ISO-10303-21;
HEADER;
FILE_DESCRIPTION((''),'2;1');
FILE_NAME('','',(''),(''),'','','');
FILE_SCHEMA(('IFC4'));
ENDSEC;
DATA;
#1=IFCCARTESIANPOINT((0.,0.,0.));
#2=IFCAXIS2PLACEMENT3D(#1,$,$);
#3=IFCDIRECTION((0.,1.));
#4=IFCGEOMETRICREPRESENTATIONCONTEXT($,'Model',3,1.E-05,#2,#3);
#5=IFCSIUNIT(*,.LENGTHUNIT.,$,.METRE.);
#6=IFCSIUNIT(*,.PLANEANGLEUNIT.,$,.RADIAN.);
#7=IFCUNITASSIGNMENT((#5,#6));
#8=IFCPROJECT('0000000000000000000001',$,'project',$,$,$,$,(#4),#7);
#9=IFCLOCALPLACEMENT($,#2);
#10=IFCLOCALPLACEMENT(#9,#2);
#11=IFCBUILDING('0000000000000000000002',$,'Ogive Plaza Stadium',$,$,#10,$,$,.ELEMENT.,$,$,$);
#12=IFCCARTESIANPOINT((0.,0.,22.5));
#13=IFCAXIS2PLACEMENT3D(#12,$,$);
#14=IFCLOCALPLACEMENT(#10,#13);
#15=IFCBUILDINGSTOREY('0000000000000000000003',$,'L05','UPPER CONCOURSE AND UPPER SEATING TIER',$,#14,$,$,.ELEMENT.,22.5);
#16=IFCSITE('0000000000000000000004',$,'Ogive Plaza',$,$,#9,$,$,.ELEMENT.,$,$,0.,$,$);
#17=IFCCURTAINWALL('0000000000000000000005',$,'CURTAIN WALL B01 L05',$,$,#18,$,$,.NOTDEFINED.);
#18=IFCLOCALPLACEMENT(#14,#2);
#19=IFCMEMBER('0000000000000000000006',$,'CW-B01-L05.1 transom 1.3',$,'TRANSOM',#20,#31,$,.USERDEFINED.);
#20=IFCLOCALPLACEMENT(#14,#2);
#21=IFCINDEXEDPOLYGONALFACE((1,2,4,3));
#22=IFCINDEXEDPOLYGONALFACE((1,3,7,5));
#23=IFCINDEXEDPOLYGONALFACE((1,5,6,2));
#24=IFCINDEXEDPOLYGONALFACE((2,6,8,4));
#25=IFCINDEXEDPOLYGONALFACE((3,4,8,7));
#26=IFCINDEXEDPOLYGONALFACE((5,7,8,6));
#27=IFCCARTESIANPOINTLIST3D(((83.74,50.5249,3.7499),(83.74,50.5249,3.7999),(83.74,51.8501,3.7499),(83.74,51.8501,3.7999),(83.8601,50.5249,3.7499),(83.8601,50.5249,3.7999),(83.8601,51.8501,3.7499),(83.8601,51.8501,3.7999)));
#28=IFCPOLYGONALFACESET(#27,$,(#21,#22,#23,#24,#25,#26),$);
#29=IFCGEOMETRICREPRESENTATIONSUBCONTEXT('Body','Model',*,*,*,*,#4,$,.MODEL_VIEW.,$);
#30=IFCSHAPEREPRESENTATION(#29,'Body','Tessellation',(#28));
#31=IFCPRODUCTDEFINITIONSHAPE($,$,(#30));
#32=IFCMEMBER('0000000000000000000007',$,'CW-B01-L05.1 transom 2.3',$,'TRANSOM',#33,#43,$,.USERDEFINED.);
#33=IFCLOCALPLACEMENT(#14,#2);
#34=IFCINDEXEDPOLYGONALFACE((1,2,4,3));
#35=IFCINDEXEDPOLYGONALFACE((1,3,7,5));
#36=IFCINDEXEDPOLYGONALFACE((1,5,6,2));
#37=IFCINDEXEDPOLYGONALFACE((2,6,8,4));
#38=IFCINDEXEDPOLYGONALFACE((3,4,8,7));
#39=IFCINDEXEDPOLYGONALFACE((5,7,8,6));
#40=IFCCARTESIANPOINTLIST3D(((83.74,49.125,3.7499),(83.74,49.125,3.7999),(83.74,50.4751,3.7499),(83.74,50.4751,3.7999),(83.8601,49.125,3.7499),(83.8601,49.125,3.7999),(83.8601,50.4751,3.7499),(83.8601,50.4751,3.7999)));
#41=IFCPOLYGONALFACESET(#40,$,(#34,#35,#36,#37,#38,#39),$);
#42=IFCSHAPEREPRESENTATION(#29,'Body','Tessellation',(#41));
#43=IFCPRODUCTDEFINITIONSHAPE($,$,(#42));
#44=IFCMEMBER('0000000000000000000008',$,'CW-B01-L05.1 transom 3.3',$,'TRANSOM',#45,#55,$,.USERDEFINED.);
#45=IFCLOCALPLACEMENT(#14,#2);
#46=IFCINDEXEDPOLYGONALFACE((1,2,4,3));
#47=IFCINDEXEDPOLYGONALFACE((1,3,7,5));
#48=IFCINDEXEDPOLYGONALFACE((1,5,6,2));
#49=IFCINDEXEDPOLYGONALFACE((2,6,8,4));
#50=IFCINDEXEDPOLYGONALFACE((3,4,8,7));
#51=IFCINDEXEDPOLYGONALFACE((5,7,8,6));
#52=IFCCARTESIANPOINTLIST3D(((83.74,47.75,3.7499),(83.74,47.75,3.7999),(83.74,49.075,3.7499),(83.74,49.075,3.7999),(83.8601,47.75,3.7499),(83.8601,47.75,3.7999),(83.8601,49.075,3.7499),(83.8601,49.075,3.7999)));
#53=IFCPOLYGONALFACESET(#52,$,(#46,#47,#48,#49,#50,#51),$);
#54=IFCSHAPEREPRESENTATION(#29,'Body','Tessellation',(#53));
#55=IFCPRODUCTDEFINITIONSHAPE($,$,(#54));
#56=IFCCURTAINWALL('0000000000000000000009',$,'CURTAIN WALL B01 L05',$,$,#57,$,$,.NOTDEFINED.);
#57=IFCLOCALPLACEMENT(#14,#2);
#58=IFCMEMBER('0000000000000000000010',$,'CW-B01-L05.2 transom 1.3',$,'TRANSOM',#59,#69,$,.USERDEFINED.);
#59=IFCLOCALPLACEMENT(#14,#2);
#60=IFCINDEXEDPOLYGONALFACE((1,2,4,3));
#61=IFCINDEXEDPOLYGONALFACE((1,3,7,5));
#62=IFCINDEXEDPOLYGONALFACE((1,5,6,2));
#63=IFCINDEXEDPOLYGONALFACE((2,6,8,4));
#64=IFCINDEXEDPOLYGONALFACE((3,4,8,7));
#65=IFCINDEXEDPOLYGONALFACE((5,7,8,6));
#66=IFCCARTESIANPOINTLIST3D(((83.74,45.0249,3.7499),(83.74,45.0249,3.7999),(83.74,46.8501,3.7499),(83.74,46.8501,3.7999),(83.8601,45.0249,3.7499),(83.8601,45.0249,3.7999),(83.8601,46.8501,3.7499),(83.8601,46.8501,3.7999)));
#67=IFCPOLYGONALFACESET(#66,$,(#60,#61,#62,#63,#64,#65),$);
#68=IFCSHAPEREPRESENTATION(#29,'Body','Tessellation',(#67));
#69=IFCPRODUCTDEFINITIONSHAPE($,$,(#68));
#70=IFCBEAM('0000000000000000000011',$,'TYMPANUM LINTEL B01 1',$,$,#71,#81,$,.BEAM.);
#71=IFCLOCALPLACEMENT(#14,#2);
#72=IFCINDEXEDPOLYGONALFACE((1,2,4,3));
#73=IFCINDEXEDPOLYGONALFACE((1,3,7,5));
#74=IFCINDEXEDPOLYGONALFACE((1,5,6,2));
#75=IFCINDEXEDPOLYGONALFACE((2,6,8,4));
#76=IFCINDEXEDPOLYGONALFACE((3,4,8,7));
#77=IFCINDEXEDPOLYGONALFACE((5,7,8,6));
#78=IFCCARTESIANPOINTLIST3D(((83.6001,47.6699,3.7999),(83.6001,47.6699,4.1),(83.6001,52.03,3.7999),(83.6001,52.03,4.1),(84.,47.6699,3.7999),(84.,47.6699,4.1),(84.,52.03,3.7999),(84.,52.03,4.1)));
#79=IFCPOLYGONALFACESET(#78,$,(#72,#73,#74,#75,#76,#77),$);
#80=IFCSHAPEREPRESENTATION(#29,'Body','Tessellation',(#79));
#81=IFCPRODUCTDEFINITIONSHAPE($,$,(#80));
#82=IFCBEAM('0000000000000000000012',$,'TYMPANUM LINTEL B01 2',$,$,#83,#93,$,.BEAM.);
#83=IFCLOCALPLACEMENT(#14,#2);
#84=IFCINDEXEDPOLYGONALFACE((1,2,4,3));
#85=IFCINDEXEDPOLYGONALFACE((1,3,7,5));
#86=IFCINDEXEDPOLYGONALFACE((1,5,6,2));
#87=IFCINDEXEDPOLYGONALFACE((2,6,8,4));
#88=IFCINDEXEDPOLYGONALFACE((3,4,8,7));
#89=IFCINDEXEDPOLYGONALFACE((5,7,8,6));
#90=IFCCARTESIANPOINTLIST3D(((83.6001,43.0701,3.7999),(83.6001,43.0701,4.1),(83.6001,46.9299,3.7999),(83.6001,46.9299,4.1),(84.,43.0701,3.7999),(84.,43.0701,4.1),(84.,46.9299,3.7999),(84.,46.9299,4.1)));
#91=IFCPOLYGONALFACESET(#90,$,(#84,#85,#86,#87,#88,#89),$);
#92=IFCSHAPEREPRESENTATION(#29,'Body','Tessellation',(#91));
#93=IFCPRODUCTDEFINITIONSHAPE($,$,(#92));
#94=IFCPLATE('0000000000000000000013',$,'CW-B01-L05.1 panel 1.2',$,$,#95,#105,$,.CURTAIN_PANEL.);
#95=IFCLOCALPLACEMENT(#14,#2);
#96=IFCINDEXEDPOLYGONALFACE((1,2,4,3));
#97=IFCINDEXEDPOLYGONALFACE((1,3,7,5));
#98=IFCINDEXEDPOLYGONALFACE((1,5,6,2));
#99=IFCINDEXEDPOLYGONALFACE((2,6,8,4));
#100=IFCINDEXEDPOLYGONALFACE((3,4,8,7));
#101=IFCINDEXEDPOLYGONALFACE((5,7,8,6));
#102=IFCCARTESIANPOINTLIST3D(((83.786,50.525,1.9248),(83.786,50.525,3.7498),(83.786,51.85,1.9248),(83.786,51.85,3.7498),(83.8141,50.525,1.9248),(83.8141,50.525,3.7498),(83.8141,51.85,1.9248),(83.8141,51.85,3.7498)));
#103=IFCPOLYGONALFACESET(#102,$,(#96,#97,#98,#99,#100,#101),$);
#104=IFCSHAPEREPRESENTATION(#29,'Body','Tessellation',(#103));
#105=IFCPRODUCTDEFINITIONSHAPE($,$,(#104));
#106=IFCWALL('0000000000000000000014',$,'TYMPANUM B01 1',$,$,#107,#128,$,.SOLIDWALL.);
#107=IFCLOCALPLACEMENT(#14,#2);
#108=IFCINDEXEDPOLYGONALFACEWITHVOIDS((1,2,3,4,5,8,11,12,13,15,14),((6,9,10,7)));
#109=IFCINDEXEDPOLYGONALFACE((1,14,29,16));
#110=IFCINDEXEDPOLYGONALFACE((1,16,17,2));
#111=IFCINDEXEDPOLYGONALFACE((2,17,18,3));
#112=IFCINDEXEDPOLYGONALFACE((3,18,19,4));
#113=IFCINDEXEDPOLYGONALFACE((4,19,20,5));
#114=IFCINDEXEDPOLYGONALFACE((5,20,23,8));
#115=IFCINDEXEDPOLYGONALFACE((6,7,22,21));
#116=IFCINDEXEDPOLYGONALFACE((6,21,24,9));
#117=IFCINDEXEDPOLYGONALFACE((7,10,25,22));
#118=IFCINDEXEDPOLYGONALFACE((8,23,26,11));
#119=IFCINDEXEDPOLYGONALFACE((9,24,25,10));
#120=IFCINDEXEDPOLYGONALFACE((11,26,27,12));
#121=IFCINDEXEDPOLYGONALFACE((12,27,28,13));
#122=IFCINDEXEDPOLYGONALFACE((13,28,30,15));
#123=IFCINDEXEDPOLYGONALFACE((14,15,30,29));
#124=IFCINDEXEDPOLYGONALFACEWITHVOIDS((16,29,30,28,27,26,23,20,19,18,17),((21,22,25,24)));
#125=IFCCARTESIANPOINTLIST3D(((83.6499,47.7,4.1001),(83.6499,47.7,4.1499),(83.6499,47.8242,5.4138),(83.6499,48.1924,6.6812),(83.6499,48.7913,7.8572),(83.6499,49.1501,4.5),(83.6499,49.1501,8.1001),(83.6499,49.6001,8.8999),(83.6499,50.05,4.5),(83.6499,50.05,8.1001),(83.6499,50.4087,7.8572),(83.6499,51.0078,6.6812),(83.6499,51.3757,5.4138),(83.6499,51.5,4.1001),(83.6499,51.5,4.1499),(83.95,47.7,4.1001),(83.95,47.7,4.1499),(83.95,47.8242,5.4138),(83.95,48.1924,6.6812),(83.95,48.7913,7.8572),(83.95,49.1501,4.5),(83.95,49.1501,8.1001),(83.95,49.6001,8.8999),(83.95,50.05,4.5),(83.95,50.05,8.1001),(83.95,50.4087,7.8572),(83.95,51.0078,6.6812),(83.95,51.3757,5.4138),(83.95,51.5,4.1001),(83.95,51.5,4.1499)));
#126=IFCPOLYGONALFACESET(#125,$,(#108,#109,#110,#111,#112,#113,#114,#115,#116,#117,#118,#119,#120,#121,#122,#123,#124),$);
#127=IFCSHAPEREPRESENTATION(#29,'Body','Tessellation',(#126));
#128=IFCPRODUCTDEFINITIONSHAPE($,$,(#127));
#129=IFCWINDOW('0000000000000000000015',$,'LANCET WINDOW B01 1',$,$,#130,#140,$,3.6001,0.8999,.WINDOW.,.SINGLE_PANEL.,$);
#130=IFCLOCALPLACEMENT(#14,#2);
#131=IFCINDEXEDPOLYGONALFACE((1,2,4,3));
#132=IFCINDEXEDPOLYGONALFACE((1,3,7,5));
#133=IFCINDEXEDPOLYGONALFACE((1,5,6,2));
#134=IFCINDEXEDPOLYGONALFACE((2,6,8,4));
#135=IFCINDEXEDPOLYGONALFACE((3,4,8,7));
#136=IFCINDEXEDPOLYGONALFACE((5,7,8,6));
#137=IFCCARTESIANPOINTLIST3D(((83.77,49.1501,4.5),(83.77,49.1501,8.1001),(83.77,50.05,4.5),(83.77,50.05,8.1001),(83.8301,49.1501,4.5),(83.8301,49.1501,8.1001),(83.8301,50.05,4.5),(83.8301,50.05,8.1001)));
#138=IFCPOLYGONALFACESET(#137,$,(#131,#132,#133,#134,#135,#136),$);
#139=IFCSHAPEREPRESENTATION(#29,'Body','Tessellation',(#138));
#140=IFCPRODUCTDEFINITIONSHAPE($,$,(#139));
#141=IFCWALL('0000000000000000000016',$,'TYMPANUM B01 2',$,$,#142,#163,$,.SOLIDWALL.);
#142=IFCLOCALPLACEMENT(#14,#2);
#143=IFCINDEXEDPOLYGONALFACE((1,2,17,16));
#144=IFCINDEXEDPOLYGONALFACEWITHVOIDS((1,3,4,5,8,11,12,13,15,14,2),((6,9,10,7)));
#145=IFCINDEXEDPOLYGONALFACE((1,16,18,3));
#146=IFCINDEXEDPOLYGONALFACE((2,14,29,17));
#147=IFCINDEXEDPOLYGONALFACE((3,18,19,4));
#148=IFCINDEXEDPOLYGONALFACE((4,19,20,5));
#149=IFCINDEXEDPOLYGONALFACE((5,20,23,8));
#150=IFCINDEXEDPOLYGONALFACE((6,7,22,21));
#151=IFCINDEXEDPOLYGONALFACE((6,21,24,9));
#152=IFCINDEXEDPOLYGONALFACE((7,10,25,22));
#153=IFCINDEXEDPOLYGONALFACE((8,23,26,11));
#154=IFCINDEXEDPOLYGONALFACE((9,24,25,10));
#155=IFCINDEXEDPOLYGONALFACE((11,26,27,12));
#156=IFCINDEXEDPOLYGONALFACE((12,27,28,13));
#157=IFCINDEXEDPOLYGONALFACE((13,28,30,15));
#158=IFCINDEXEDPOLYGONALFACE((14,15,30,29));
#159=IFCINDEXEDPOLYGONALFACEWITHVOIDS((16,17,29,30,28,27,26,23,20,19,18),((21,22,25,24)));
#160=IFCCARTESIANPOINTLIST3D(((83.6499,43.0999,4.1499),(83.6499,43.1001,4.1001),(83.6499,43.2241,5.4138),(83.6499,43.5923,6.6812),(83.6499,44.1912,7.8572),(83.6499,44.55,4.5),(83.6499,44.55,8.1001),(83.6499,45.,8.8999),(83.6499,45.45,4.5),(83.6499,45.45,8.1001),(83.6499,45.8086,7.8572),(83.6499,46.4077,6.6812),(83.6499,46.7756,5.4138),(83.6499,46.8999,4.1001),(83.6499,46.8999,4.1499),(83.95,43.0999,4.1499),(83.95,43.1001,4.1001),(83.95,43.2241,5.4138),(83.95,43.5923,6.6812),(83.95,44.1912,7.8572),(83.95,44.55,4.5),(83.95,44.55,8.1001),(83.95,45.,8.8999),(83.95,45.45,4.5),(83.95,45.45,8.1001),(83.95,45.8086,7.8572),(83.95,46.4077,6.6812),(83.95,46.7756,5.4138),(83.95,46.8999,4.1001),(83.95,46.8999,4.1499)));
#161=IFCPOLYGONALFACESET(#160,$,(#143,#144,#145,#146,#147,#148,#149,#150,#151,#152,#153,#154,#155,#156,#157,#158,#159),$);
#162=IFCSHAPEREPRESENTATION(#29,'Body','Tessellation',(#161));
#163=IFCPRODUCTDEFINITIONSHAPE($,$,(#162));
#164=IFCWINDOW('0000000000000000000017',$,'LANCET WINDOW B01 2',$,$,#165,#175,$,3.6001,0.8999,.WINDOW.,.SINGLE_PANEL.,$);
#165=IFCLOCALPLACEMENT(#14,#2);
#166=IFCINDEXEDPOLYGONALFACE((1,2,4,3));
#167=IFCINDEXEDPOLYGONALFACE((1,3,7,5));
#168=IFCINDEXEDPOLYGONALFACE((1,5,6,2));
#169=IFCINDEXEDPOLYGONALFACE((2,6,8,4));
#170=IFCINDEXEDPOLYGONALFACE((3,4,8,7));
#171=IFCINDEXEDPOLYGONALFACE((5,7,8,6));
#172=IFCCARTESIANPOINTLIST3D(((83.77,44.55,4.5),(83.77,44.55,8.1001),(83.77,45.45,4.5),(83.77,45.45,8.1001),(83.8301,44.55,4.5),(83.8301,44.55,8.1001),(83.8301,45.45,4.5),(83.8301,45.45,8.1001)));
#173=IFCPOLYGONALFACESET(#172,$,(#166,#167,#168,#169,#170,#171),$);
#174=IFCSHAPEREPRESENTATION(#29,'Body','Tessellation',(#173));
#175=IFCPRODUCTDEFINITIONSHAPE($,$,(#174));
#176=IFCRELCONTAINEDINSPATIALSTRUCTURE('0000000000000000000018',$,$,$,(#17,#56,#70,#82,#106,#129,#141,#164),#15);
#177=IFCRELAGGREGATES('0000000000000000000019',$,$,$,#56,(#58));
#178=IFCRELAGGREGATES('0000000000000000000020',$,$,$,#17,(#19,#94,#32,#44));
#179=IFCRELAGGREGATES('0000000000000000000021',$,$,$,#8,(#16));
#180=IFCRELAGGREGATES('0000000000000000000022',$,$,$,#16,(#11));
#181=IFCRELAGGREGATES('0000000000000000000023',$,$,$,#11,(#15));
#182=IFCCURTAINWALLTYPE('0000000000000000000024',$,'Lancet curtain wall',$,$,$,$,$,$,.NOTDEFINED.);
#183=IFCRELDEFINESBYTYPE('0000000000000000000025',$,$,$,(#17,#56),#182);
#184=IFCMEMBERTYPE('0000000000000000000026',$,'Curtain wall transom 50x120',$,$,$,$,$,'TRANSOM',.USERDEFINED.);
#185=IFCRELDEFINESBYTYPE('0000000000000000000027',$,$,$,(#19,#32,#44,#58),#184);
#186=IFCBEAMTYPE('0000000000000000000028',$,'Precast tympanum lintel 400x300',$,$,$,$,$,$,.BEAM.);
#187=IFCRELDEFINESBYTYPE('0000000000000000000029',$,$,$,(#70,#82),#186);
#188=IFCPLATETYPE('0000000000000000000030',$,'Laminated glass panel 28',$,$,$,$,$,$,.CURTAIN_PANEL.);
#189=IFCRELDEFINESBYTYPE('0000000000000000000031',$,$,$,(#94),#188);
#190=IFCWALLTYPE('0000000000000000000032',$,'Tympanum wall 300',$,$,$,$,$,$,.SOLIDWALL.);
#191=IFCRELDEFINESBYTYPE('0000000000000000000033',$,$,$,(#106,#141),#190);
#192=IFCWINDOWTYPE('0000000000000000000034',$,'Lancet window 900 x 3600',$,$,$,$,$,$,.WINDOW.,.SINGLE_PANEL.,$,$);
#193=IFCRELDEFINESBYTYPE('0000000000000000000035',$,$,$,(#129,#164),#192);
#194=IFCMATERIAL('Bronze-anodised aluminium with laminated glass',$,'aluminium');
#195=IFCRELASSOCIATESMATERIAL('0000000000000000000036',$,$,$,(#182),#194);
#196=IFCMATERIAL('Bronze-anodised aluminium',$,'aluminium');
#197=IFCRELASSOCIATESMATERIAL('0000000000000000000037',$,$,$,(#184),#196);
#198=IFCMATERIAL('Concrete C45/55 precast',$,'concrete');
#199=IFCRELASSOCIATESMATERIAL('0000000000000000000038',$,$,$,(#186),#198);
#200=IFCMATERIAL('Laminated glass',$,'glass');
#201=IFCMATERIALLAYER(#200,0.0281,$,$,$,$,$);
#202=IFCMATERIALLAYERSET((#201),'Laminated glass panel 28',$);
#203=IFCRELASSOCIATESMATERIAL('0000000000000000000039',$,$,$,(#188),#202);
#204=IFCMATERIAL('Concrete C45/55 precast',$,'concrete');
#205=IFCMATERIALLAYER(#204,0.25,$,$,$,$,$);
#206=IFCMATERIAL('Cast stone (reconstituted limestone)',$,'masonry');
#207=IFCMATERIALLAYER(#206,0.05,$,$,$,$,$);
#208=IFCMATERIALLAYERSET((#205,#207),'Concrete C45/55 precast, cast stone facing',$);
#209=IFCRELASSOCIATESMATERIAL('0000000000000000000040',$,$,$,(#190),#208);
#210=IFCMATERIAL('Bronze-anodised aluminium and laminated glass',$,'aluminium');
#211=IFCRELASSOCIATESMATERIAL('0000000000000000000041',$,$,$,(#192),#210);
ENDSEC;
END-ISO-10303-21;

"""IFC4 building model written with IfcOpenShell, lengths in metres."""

from ifc_helpers import new_model, si_unit, direction, frame, frame_2d, origin, origin_2d, place, context, subcontext, project, spatial, polyline, rectangle, outline, extrude, material, layer, layer_set, material_profile, profile_set, type_object, element, fill, aggregate, save


model = new_model("IFC4")

# Units and contexts
model_context = context("Model", 3, precision=1e-05, world=origin(), true_north=direction((0.0, 1.0)))
body_context = subcontext(model_context, "Body", "Model", "MODEL_VIEW")
ifc_project = project(units=[si_unit("LENGTHUNIT", "METRE"), si_unit("PLANEANGLEUNIT", "RADIAN")], contexts=[model_context])

# Site, building, storey
site_placement = place(None, origin())
site = spatial("IfcSite", under=ifc_project, at=site_placement, Name="Ogive Plaza", CompositionType="ELEMENT", RefElevation=0.0)
building_placement = place(site_placement, origin())
building = spatial("IfcBuilding", under=site, at=building_placement, Name="Ogive Plaza Stadium", CompositionType="ELEMENT")
storey_placement = place(building_placement, frame((0.0, 0.0, 22.5)))
storey = spatial("IfcBuildingStorey", under=building, at=storey_placement, Name="L05", Description="UPPER CONCOURSE AND UPPER SEATING TIER", CompositionType="ELEMENT", Elevation=22.5)

# Curtain wall, members
ifc_material_1 = material(Name="Bronze-anodised aluminium with laminated glass", Category="aluminium")
curtain_wall_type = type_object("IfcCurtainWallType", Name="Lancet curtain wall", PredefinedType="NOTDEFINED", material=ifc_material_1)
curtain_wall_1_placement = place(storey_placement, origin())
curtain_wall_1 = element("IfcCurtainWall", 1, at=curtain_wall_1_placement, inside=storey, type_object=curtain_wall_type, Name="CURTAIN WALL B01 L05", PredefinedType="NOTDEFINED")
ifc_material_2 = material(Name="Bronze-anodised aluminium", Category="aluminium")
ifc_material_profile_1 = material_profile(ifc_material_2, rectangle(XDim=0.1201, YDim=0.05, at=origin_2d()), Name="AL 120x50")
ifc_profile_set_1 = profile_set([ifc_material_profile_1], Name="Bronze-anodised aluminium")
member_type = type_object("IfcMemberType", Name="Curtain wall transom 50x120", ElementType="TRANSOM", PredefinedType="USERDEFINED", material=ifc_profile_set_1)
member_1_placement = place(storey_placement, frame((83.8, 51.8501, 3.7749), z_axis=(0.0, -1.0, 0.0), x_axis=(1.0, 0.0, 0.0)))
member_1 = element("IfcMember", 2, at=member_1_placement, type_object=member_type, Name="CW-B01-L05.1 transom 1.3", ObjectType="TRANSOM", PredefinedType="USERDEFINED", context=body_context, shape_type="SweptSolid", body=[
    extrude(rectangle(XDim=0.1201, YDim=0.05, at=origin_2d()), origin(), (0.0, 0.0, 1.0), 1.3252),
])
member_2_placement = place(storey_placement, frame((83.8, 50.4751, 3.7749), z_axis=(0.0, -1.0, 0.0), x_axis=(1.0, 0.0, 0.0)))
member_2 = element("IfcMember", 3, at=member_2_placement, type_object=member_type, Name="CW-B01-L05.1 transom 2.3", ObjectType="TRANSOM", PredefinedType="USERDEFINED", context=body_context, shape_type="SweptSolid", body=[
    extrude(rectangle(XDim=0.1201, YDim=0.05, at=origin_2d()), origin(), (0.0, 0.0, 1.0), 1.3501),
])
member_3_placement = place(storey_placement, frame((83.8, 49.075, 3.7749), z_axis=(0.0, -1.0, 0.0), x_axis=(1.0, 0.0, 0.0)))
member_3 = element("IfcMember", 4, at=member_3_placement, type_object=member_type, Name="CW-B01-L05.1 transom 3.3", ObjectType="TRANSOM", PredefinedType="USERDEFINED", context=body_context, shape_type="SweptSolid", body=[
    extrude(rectangle(XDim=0.1201, YDim=0.05, at=origin_2d()), origin(), (0.0, 0.0, 1.0), 1.325),
])

# Curtain wall, member
curtain_wall_2_placement = place(storey_placement, origin())
curtain_wall_2 = element("IfcCurtainWall", 5, at=curtain_wall_2_placement, inside=storey, type_object=curtain_wall_type, Name="CURTAIN WALL B01 L05", PredefinedType="NOTDEFINED")
member_4_placement = place(storey_placement, frame((83.8, 46.8501, 3.7749), z_axis=(0.0, -1.0, 0.0), x_axis=(1.0, 0.0, 0.0)))
member_4 = element("IfcMember", 6, at=member_4_placement, type_object=member_type, Name="CW-B01-L05.2 transom 1.3", ObjectType="TRANSOM", PredefinedType="USERDEFINED", context=body_context, shape_type="SweptSolid", body=[
    extrude(rectangle(XDim=0.1201, YDim=0.05, at=origin_2d()), origin(), (0.0, 0.0, 1.0), 1.8252),
])
aggregate(curtain_wall_2, [member_4])

# Beams
ifc_material_3 = material(Name="Concrete C45/55 precast", Category="concrete")
ifc_material_profile_2 = material_profile(ifc_material_3, rectangle(XDim=0.3999, YDim=0.3, at=origin_2d()), Name="RC 400x300")
ifc_profile_set_2 = profile_set([ifc_material_profile_2], Name="Concrete C45/55 precast")
beam_type = type_object("IfcBeamType", Name="Precast tympanum lintel 400x300", PredefinedType="BEAM", material=ifc_profile_set_2)
beam_1_placement = place(storey_placement, frame((83.8, 52.03, 3.95), z_axis=(0.0, -1.0, 0.0), x_axis=(1.0, 0.0, 0.0)))
element("IfcBeam", 7, at=beam_1_placement, inside=storey, type_object=beam_type, Name="TYMPANUM LINTEL B01 1", PredefinedType="BEAM", context=body_context, shape_type="SweptSolid", body=[
    extrude(rectangle(XDim=0.3999, YDim=0.3, at=origin_2d()), origin(), (0.0, 0.0, 1.0), 4.3601),
])
beam_2_placement = place(storey_placement, frame((83.8, 46.9299, 3.95), z_axis=(0.0, -1.0, 0.0), x_axis=(1.0, 0.0, 0.0)))
element("IfcBeam", 8, at=beam_2_placement, inside=storey, type_object=beam_type, Name="TYMPANUM LINTEL B01 2", PredefinedType="BEAM", context=body_context, shape_type="SweptSolid", body=[
    extrude(rectangle(XDim=0.3999, YDim=0.3, at=origin_2d()), origin(), (0.0, 0.0, 1.0), 3.8599),
])

# Plate
ifc_material_4 = material(Name="Laminated glass", Category="glass")
ifc_layer_1 = layer(ifc_material_4, 0.0281)
ifc_layer_set_1 = layer_set([ifc_layer_1], Name="Laminated glass panel 28")
plate_type = type_object("IfcPlateType", Name="Laminated glass panel 28", PredefinedType="CURTAIN_PANEL", material=ifc_layer_set_1)
plate_placement = place(storey_placement, frame((83.8, 51.1875, 1.9248), z_axis=(0.0, 0.0, 1.0), x_axis=(0.0, -1.0, 0.0)))
plate = element("IfcPlate", 9, at=plate_placement, type_object=plate_type, Name="CW-B01-L05.1 panel 1.2", PredefinedType="CURTAIN_PANEL", context=body_context, shape_type="SweptSolid", body=[
    extrude(rectangle(XDim=1.325, YDim=0.0281, at=origin_2d()), origin(), (0.0, 0.0, 1.0), 1.825),
])
aggregate(curtain_wall_1, [member_1, plate, member_2, member_3])

# Walls, openings, windows
ifc_material_5 = material(Name="Concrete C45/55 precast", Category="concrete")
ifc_layer_2 = layer(ifc_material_5, 0.25)
ifc_material_6 = material(Name="Cast stone (reconstituted limestone)", Category="masonry")
ifc_layer_3 = layer(ifc_material_6, 0.05)
ifc_layer_set_2 = layer_set([ifc_layer_2, ifc_layer_3], Name="Concrete C45/55 precast, cast stone facing")
wall_type = type_object("IfcWallType", Name="Tympanum wall 300", PredefinedType="SOLIDWALL", material=ifc_layer_set_2)
wall_1_placement = place(storey_placement, frame((83.8, 51.5, 4.1001), z_axis=(0.0, 0.0, 1.0), x_axis=(0.0, -1.0, 0.0)))
wall_1 = element("IfcWall", 10, at=wall_1_placement, inside=storey, type_object=wall_type, Name="TYMPANUM B01 1", PredefinedType="SOLIDWALL", context=body_context, shape_type="SweptSolid", body=[
    extrude(outline(polyline([(0.0, 0.0), (3.8, 0.0), (3.8, 0.0498), (3.6758, 1.3137), (3.3076, 2.5811), (2.7087, 3.7571), (1.8999, 4.7998), (1.0913, 3.7571), (0.4922, 2.5811), (0.1243, 1.3137), (0.0, 0.0498), (0.0, 0.0)])), frame((0.0, 0.1499, 0.0), z_axis=(0.0, -1.0, 0.0), x_axis=(1.0, 0.0, 0.0)), (0.0, 0.0, 1.0), 0.3),
])
opening_1_placement = place(wall_1_placement, frame((1.45, 0.0, 0.3999)))
opening_1 = element("IfcOpeningElement", 11, at=opening_1_placement, cuts=wall_1, PredefinedType="OPENING", context=body_context, shape_type="SweptSolid", body=[
    extrude(rectangle(XDim=0.8999, YDim=3.6001, at=frame_2d((0.45, 1.8))), frame((0.0, 0.1602, 0.0), z_axis=(0.0, -1.0, 0.0), x_axis=(1.0, 0.0, 0.0)), (0.0, 0.0, 1.0), 0.3201),
])
ifc_material_7 = material(Name="Bronze-anodised aluminium and laminated glass", Category="aluminium")
window_type = type_object("IfcWindowType", Name="Lancet window 900 x 3600", PartitioningType="SINGLE_PANEL", PredefinedType="WINDOW", material=ifc_material_7)
window_1_placement = place(opening_1_placement, origin())
window_1 = element("IfcWindow", 12, at=window_1_placement, inside=storey, type_object=window_type, Name="LANCET WINDOW B01 1", OverallHeight=3.6001, OverallWidth=0.8999, PartitioningType="SINGLE_PANEL", PredefinedType="WINDOW", context=body_context, shape_type="SweptSolid", body=[
    extrude(rectangle(XDim=0.8999, YDim=3.6001, at=frame_2d((0.45, 1.8))), frame((0.0, 0.03, 0.0), z_axis=(0.0, -1.0, 0.0), x_axis=(1.0, 0.0, 0.0)), (0.0, 0.0, 1.0), 0.0601),
])
fill(opening_1, window_1)
wall_2_placement = place(storey_placement, frame((83.8, 46.8999, 4.1001), z_axis=(0.0, 0.0, 1.0), x_axis=(0.0, -1.0, 0.0)))
wall_2 = element("IfcWall", 13, at=wall_2_placement, inside=storey, type_object=wall_type, Name="TYMPANUM B01 2", PredefinedType="SOLIDWALL", context=body_context, shape_type="SweptSolid", body=[
    extrude(outline(polyline([(0.0, 0.0), (3.7998, 0.0), (3.8, 0.0498), (3.6758, 1.3137), (3.3076, 2.5811), (2.7087, 3.7571), (1.8999, 4.7998), (1.0913, 3.7571), (0.4922, 2.5811), (0.1243, 1.3137), (0.0, 0.0498), (0.0, 0.0)])), frame((0.0, 0.1499, 0.0), z_axis=(0.0, -1.0, 0.0), x_axis=(1.0, 0.0, 0.0)), (0.0, 0.0, 1.0), 0.3),
])
opening_2_placement = place(wall_2_placement, frame((1.45, 0.0, 0.3999)))
opening_2 = element("IfcOpeningElement", 14, at=opening_2_placement, cuts=wall_2, PredefinedType="OPENING", context=body_context, shape_type="SweptSolid", body=[
    extrude(rectangle(XDim=0.8999, YDim=3.6001, at=frame_2d((0.45, 1.8))), frame((0.0, 0.1602, 0.0), z_axis=(0.0, -1.0, 0.0), x_axis=(1.0, 0.0, 0.0)), (0.0, 0.0, 1.0), 0.3201),
])
window_2_placement = place(opening_2_placement, origin())
window_2 = element("IfcWindow", 15, at=window_2_placement, inside=storey, type_object=window_type, Name="LANCET WINDOW B01 2", OverallHeight=3.6001, OverallWidth=0.8999, PartitioningType="SINGLE_PANEL", PredefinedType="WINDOW", context=body_context, shape_type="SweptSolid", body=[
    extrude(rectangle(XDim=0.8999, YDim=3.6001, at=frame_2d((0.45, 1.8))), frame((0.0, 0.03, 0.0), z_axis=(0.0, -1.0, 0.0), x_axis=(1.0, 0.0, 0.0)), (0.0, 0.0, 1.0), 0.0601),
])
fill(opening_2, window_2)

save(model, "model.ifc")
